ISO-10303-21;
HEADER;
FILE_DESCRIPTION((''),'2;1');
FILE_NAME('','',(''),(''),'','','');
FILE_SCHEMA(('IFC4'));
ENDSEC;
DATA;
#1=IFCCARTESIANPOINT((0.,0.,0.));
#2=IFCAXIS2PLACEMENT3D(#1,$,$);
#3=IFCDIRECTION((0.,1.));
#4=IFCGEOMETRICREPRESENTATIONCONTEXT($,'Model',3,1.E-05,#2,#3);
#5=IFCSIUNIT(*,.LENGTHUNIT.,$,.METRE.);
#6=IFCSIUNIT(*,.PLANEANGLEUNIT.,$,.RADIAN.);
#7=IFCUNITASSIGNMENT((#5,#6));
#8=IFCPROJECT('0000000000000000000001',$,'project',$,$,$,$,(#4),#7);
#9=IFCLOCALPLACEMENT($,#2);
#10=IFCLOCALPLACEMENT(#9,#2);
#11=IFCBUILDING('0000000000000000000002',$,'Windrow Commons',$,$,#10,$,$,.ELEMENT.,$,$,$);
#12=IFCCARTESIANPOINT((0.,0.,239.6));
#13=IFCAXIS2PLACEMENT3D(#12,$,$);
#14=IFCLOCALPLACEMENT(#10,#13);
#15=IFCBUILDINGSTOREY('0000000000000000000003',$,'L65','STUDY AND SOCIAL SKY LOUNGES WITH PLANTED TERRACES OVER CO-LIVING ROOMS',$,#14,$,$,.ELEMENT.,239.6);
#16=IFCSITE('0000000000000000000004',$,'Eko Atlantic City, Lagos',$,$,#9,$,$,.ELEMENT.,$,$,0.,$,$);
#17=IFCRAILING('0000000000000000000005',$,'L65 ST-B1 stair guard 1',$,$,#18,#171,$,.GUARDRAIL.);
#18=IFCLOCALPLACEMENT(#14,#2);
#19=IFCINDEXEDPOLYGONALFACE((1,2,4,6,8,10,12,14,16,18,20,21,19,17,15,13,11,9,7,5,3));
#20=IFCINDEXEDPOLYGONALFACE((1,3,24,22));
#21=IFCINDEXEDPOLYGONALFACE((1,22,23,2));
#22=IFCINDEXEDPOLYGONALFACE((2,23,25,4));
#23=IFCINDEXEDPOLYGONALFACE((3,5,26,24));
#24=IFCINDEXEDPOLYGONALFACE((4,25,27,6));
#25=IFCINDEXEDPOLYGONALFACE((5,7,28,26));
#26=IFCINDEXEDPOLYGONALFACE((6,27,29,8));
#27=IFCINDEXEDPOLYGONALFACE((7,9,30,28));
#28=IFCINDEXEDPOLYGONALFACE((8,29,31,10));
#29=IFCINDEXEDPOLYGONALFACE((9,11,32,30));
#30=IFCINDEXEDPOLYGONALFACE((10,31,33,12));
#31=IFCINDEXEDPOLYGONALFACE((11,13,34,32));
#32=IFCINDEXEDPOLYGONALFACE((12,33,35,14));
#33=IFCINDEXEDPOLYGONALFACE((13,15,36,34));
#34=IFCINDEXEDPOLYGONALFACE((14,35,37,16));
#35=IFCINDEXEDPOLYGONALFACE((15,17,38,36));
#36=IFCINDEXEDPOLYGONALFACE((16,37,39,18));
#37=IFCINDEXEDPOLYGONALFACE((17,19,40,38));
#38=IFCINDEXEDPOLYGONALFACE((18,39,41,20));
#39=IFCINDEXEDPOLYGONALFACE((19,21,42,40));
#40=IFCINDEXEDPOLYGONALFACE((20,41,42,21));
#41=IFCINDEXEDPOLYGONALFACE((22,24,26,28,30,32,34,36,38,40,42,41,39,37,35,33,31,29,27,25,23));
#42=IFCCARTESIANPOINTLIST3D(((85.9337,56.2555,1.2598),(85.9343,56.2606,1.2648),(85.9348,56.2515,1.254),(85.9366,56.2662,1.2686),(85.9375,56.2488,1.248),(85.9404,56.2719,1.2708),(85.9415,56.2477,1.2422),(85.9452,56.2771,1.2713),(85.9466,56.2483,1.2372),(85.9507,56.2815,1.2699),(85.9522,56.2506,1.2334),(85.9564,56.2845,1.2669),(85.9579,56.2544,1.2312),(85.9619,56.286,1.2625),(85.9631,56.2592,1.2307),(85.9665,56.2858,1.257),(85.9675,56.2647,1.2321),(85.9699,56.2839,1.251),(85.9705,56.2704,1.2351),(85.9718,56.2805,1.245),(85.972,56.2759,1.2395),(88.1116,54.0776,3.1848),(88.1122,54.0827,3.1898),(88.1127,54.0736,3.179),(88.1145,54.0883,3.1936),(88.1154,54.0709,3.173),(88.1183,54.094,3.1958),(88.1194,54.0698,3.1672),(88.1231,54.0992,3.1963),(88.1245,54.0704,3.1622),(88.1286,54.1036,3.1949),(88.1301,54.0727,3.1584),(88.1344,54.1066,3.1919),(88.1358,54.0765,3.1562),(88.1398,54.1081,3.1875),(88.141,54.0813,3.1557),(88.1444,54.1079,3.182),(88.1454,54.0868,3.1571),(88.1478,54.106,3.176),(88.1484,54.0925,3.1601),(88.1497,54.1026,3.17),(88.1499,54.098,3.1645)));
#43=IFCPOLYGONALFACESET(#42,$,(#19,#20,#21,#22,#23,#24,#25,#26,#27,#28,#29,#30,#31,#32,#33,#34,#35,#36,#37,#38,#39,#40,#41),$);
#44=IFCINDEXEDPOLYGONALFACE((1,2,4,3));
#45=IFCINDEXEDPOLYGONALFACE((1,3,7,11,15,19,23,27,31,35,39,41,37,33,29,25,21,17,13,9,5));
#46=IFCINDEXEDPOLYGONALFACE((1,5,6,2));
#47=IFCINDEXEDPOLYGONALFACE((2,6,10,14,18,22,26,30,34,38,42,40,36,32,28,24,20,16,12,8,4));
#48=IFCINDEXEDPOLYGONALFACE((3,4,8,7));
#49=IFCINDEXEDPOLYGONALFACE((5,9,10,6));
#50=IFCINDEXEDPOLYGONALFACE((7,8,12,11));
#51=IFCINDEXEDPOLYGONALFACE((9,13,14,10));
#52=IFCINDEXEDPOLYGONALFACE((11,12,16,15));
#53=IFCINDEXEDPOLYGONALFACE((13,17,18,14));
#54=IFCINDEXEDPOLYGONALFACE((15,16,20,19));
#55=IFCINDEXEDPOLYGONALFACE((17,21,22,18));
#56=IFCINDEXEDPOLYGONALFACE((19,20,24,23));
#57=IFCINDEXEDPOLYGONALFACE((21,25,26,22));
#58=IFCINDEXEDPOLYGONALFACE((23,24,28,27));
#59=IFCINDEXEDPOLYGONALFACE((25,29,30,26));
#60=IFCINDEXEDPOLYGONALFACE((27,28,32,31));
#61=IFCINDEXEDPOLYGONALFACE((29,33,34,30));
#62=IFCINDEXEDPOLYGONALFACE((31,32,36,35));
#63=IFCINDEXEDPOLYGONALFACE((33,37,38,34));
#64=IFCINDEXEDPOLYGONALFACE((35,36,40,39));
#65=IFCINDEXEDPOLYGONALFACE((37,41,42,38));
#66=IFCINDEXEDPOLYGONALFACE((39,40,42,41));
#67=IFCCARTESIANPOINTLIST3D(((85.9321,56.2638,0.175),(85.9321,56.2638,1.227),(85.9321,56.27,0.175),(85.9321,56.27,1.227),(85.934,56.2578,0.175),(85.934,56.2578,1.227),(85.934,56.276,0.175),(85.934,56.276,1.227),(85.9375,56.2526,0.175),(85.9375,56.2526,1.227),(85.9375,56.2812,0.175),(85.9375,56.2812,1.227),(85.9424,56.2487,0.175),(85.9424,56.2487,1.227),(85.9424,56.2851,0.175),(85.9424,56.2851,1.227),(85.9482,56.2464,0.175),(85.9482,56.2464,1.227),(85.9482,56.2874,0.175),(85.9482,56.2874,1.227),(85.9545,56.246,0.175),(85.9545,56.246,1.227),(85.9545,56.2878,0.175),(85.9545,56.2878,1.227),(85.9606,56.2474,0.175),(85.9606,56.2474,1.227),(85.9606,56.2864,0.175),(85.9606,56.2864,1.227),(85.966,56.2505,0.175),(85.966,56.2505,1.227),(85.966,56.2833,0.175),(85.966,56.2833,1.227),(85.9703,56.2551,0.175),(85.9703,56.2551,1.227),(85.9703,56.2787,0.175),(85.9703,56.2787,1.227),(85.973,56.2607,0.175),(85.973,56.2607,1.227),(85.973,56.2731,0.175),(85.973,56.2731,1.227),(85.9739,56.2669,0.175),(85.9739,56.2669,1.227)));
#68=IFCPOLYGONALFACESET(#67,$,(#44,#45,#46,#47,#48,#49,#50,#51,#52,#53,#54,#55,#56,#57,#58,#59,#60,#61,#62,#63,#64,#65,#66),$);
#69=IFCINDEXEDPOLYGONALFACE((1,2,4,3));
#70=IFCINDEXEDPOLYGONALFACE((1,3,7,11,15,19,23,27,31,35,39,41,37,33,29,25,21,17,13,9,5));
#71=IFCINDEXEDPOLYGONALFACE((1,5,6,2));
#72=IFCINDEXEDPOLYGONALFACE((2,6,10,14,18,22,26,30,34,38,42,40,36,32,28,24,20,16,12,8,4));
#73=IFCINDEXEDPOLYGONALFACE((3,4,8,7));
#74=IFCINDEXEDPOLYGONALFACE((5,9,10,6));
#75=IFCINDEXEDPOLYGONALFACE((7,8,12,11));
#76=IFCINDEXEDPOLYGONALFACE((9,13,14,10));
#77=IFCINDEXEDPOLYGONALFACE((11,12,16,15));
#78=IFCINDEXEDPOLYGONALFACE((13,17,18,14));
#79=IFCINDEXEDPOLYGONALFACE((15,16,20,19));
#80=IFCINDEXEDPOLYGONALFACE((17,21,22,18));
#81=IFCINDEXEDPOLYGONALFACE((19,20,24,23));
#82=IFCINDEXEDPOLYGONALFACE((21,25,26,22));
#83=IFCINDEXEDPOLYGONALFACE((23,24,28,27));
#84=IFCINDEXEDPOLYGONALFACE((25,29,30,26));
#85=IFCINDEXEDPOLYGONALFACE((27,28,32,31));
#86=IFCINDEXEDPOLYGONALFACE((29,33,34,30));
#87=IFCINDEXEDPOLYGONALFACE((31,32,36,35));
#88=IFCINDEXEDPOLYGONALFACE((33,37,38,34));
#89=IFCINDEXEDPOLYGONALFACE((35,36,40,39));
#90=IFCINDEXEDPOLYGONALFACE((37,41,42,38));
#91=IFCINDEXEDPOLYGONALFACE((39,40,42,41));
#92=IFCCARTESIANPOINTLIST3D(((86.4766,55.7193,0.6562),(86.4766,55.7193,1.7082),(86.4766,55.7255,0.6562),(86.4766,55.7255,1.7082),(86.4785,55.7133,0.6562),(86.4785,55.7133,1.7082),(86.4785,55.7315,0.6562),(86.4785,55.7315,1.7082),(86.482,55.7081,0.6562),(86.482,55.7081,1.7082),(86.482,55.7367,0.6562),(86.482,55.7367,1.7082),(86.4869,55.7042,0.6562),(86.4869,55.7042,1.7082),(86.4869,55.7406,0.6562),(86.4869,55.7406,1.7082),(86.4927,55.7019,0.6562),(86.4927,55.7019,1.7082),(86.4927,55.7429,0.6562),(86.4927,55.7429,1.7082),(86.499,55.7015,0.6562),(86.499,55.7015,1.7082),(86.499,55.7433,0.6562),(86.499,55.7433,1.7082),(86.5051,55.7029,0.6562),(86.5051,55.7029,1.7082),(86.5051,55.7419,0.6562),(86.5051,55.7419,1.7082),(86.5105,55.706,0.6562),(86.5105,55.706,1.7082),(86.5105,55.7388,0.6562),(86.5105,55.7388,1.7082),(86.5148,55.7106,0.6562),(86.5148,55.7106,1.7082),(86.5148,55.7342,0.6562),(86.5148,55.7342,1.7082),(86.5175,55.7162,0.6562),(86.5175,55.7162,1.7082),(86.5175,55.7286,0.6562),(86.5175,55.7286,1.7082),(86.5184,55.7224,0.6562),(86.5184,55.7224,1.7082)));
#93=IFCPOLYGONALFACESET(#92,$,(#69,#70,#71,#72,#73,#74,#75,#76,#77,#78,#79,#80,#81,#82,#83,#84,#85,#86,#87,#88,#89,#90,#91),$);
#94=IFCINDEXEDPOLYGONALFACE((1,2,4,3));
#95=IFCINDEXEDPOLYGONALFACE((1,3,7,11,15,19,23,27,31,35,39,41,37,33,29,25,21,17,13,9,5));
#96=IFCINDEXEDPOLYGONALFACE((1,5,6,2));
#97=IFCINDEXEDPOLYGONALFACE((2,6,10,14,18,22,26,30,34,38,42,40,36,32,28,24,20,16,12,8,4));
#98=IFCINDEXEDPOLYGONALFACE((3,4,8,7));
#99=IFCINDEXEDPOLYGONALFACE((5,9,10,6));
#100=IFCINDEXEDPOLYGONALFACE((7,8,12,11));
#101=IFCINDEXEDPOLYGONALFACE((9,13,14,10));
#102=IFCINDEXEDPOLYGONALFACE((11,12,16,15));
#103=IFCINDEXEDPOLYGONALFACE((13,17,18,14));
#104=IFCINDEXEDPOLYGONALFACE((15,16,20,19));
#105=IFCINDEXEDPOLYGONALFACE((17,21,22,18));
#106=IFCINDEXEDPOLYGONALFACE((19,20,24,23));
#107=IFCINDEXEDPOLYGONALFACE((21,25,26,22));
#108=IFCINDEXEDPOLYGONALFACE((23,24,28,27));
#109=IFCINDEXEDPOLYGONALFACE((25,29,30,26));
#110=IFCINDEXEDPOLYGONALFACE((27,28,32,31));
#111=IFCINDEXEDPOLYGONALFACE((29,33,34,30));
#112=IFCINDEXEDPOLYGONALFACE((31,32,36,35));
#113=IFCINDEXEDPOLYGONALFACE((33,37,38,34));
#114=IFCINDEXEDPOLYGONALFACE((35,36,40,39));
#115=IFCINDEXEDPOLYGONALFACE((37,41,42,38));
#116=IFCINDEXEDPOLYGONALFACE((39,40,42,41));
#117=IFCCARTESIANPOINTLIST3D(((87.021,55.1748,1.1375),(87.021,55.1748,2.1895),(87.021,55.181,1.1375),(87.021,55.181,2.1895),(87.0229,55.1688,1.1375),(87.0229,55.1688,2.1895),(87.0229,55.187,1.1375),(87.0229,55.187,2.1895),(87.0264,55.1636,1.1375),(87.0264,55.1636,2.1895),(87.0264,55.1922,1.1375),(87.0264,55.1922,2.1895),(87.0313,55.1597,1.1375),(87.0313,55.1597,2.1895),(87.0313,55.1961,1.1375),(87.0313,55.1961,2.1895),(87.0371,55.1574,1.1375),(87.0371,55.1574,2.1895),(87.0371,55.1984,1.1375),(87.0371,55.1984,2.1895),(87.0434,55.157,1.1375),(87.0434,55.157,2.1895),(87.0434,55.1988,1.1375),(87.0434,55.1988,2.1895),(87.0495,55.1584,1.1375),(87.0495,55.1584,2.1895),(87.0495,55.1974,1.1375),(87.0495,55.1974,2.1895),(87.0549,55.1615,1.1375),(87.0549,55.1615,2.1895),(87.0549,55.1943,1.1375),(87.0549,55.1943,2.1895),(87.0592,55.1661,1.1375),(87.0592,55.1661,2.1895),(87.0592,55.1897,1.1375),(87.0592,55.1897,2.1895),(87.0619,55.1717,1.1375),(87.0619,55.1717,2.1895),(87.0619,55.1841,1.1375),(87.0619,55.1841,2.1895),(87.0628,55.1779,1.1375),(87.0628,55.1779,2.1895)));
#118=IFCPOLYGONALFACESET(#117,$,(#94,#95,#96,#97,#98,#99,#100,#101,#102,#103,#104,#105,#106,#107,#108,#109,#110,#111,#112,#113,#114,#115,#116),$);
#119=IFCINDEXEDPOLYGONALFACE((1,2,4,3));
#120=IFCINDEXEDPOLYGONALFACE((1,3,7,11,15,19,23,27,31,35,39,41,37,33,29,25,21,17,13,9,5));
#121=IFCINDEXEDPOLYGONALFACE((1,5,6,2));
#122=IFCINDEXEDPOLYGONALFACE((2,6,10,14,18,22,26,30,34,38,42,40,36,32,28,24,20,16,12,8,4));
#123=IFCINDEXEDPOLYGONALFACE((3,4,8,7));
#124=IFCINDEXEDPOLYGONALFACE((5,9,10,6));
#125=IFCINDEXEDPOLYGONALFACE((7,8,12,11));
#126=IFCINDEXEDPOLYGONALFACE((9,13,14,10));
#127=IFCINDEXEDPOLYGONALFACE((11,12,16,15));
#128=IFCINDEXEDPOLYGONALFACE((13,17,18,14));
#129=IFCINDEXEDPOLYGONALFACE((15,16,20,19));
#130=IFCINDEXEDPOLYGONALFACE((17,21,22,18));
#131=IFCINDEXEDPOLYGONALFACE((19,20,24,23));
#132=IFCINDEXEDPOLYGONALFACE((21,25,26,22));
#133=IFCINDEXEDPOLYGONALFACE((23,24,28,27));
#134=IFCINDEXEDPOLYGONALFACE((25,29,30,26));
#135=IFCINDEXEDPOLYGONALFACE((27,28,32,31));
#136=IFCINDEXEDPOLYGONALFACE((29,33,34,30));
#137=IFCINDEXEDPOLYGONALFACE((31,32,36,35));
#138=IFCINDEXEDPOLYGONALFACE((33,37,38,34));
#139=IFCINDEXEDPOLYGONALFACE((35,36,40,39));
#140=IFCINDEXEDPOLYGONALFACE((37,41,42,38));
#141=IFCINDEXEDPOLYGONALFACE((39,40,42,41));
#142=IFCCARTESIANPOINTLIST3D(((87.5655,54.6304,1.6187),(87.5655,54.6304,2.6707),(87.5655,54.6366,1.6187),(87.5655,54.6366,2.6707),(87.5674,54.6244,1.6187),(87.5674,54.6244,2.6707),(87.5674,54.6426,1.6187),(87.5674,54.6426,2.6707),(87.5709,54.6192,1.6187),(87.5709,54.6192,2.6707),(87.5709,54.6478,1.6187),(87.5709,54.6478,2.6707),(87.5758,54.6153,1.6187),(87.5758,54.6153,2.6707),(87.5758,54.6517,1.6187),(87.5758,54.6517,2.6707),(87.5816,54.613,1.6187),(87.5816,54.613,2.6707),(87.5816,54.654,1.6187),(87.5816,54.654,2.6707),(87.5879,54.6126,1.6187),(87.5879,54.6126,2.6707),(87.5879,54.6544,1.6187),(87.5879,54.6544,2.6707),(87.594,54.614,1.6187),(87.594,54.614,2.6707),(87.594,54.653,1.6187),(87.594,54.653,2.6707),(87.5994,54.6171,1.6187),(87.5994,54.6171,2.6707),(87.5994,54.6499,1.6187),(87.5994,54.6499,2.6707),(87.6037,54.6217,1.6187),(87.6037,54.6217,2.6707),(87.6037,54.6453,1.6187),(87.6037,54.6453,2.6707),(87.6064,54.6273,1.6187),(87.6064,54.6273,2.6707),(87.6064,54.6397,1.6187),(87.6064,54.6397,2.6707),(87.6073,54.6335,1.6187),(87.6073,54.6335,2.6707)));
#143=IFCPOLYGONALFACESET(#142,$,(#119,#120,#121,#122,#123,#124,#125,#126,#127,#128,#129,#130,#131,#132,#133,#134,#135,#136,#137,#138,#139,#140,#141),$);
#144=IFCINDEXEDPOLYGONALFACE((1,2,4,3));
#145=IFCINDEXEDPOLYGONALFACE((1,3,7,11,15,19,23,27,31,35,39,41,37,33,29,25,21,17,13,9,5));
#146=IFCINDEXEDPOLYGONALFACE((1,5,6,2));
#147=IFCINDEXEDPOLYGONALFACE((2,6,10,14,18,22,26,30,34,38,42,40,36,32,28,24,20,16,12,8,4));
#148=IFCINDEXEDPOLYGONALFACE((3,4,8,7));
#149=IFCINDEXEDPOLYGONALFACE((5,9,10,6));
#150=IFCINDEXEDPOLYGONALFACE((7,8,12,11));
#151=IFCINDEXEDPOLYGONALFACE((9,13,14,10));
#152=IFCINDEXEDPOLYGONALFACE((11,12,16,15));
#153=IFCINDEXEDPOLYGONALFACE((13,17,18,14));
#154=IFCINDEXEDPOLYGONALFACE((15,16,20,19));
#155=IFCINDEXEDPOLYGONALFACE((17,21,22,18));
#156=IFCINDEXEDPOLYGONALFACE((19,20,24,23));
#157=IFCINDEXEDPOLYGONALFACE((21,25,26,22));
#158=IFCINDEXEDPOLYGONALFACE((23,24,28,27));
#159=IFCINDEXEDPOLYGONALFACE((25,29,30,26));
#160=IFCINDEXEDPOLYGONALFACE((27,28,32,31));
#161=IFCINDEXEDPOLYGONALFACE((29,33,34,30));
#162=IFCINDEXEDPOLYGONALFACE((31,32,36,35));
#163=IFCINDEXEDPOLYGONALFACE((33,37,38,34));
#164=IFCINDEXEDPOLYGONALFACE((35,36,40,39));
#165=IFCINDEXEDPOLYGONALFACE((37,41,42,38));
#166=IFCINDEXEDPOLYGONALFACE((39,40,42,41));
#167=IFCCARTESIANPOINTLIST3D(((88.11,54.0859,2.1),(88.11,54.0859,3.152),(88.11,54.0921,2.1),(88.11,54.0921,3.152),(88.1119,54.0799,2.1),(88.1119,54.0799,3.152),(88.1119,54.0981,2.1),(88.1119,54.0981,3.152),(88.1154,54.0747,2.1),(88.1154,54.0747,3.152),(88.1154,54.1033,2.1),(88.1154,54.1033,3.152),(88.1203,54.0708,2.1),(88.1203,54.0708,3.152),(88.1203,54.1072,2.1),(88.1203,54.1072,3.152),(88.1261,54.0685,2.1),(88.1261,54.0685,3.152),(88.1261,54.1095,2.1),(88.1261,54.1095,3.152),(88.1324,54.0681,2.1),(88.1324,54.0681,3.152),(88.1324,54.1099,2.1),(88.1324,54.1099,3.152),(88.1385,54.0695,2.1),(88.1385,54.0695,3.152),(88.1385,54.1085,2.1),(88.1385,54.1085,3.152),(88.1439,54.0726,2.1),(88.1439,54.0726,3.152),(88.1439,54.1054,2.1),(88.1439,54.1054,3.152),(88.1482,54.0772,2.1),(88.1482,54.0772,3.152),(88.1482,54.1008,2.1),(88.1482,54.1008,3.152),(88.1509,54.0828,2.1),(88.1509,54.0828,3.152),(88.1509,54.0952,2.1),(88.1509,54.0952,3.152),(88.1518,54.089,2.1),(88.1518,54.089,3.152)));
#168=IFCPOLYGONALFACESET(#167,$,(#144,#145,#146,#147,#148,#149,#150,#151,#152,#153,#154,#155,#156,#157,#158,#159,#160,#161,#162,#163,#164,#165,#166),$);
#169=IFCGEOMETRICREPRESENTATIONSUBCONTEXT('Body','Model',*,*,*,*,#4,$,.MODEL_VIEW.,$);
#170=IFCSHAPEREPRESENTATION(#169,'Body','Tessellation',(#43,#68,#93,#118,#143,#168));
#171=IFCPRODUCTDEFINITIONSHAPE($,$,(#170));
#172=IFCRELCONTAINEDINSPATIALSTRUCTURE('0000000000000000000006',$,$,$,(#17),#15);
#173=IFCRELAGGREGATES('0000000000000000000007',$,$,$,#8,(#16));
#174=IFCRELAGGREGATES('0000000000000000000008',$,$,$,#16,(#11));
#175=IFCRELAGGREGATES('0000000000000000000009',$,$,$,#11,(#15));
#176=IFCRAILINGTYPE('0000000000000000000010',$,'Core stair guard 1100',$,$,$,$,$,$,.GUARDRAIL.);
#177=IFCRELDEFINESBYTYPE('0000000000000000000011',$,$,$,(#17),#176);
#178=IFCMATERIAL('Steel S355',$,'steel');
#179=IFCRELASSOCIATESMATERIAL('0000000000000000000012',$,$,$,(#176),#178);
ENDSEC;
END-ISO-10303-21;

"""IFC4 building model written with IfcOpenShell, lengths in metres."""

from ifc_helpers import new_model, si_unit, direction, frame, origin, origin_2d, place, context, subcontext, project, spatial, circle, extrude, material, type_object, element, save


model = new_model("IFC4")

# Units and contexts
model_context = context("Model", 3, precision=1e-05, world=origin(), true_north=direction((0.0, 1.0)))
body_context = subcontext(model_context, "Body", "Model", "MODEL_VIEW")
ifc_project = project(units=[si_unit("LENGTHUNIT", "METRE"), si_unit("PLANEANGLEUNIT", "RADIAN")], contexts=[model_context])

# Site, building, storey
site_placement = place(None, origin())
site = spatial("IfcSite", under=ifc_project, at=site_placement, Name="Eko Atlantic City, Lagos", CompositionType="ELEMENT", RefElevation=0.0)
building_placement = place(site_placement, origin())
building = spatial("IfcBuilding", under=site, at=building_placement, Name="Windrow Commons", CompositionType="ELEMENT")
storey_placement = place(building_placement, frame((0.0, 0.0, 239.6)))
storey = spatial("IfcBuildingStorey", under=building, at=storey_placement, Name="L65", Description="STUDY AND SOCIAL SKY LOUNGES WITH PLANTED TERRACES OVER CO-LIVING ROOMS", CompositionType="ELEMENT", Elevation=239.6)

# Railing
ifc_material_1 = material(Name="Steel S355", Category="steel")
railing_type_1 = type_object("IfcRailingType", Name="Core stair guard 1100", PredefinedType="GUARDRAIL", material=ifc_material_1)
railing_1_placement = place(storey_placement, frame((85.9529, 56.2669, 0.175)))
element("IfcRailing", 1, at=railing_1_placement, inside=storey, type_object=railing_type_1, Name="L65 ST-B1 stair guard 1", PredefinedType="GUARDRAIL", context=body_context, shape_type="SweptSolid", body=[
    extrude(circle(Radius=0.024, at=origin_2d()), frame((0.0, 0.0, 1.076), z_axis=(0.599626, -0.599626, 0.529997), x_axis=(0.707107, 0.707107, 0.0)), (0.0, 0.0, 1.0), 3.6321),
    extrude(circle(Radius=0.021, at=origin_2d()), origin(), (0.0, 0.0, 1.0), 1.052),
    extrude(circle(Radius=0.021, at=origin_2d()), frame((0.5445, -0.5445, 0.4812)), (0.0, 0.0, 1.0), 1.052),
    extrude(circle(Radius=0.021, at=origin_2d()), frame((1.0889, -1.089, 0.9625)), (0.0, 0.0, 1.0), 1.052),
    extrude(circle(Radius=0.021, at=origin_2d()), frame((1.6334, -1.6334, 1.4437)), (0.0, 0.0, 1.0), 1.052),
    extrude(circle(Radius=0.021, at=origin_2d()), frame((2.1779, -2.1779, 1.925)), (0.0, 0.0, 1.0), 1.052),
])

save(model, "model.ifc")
